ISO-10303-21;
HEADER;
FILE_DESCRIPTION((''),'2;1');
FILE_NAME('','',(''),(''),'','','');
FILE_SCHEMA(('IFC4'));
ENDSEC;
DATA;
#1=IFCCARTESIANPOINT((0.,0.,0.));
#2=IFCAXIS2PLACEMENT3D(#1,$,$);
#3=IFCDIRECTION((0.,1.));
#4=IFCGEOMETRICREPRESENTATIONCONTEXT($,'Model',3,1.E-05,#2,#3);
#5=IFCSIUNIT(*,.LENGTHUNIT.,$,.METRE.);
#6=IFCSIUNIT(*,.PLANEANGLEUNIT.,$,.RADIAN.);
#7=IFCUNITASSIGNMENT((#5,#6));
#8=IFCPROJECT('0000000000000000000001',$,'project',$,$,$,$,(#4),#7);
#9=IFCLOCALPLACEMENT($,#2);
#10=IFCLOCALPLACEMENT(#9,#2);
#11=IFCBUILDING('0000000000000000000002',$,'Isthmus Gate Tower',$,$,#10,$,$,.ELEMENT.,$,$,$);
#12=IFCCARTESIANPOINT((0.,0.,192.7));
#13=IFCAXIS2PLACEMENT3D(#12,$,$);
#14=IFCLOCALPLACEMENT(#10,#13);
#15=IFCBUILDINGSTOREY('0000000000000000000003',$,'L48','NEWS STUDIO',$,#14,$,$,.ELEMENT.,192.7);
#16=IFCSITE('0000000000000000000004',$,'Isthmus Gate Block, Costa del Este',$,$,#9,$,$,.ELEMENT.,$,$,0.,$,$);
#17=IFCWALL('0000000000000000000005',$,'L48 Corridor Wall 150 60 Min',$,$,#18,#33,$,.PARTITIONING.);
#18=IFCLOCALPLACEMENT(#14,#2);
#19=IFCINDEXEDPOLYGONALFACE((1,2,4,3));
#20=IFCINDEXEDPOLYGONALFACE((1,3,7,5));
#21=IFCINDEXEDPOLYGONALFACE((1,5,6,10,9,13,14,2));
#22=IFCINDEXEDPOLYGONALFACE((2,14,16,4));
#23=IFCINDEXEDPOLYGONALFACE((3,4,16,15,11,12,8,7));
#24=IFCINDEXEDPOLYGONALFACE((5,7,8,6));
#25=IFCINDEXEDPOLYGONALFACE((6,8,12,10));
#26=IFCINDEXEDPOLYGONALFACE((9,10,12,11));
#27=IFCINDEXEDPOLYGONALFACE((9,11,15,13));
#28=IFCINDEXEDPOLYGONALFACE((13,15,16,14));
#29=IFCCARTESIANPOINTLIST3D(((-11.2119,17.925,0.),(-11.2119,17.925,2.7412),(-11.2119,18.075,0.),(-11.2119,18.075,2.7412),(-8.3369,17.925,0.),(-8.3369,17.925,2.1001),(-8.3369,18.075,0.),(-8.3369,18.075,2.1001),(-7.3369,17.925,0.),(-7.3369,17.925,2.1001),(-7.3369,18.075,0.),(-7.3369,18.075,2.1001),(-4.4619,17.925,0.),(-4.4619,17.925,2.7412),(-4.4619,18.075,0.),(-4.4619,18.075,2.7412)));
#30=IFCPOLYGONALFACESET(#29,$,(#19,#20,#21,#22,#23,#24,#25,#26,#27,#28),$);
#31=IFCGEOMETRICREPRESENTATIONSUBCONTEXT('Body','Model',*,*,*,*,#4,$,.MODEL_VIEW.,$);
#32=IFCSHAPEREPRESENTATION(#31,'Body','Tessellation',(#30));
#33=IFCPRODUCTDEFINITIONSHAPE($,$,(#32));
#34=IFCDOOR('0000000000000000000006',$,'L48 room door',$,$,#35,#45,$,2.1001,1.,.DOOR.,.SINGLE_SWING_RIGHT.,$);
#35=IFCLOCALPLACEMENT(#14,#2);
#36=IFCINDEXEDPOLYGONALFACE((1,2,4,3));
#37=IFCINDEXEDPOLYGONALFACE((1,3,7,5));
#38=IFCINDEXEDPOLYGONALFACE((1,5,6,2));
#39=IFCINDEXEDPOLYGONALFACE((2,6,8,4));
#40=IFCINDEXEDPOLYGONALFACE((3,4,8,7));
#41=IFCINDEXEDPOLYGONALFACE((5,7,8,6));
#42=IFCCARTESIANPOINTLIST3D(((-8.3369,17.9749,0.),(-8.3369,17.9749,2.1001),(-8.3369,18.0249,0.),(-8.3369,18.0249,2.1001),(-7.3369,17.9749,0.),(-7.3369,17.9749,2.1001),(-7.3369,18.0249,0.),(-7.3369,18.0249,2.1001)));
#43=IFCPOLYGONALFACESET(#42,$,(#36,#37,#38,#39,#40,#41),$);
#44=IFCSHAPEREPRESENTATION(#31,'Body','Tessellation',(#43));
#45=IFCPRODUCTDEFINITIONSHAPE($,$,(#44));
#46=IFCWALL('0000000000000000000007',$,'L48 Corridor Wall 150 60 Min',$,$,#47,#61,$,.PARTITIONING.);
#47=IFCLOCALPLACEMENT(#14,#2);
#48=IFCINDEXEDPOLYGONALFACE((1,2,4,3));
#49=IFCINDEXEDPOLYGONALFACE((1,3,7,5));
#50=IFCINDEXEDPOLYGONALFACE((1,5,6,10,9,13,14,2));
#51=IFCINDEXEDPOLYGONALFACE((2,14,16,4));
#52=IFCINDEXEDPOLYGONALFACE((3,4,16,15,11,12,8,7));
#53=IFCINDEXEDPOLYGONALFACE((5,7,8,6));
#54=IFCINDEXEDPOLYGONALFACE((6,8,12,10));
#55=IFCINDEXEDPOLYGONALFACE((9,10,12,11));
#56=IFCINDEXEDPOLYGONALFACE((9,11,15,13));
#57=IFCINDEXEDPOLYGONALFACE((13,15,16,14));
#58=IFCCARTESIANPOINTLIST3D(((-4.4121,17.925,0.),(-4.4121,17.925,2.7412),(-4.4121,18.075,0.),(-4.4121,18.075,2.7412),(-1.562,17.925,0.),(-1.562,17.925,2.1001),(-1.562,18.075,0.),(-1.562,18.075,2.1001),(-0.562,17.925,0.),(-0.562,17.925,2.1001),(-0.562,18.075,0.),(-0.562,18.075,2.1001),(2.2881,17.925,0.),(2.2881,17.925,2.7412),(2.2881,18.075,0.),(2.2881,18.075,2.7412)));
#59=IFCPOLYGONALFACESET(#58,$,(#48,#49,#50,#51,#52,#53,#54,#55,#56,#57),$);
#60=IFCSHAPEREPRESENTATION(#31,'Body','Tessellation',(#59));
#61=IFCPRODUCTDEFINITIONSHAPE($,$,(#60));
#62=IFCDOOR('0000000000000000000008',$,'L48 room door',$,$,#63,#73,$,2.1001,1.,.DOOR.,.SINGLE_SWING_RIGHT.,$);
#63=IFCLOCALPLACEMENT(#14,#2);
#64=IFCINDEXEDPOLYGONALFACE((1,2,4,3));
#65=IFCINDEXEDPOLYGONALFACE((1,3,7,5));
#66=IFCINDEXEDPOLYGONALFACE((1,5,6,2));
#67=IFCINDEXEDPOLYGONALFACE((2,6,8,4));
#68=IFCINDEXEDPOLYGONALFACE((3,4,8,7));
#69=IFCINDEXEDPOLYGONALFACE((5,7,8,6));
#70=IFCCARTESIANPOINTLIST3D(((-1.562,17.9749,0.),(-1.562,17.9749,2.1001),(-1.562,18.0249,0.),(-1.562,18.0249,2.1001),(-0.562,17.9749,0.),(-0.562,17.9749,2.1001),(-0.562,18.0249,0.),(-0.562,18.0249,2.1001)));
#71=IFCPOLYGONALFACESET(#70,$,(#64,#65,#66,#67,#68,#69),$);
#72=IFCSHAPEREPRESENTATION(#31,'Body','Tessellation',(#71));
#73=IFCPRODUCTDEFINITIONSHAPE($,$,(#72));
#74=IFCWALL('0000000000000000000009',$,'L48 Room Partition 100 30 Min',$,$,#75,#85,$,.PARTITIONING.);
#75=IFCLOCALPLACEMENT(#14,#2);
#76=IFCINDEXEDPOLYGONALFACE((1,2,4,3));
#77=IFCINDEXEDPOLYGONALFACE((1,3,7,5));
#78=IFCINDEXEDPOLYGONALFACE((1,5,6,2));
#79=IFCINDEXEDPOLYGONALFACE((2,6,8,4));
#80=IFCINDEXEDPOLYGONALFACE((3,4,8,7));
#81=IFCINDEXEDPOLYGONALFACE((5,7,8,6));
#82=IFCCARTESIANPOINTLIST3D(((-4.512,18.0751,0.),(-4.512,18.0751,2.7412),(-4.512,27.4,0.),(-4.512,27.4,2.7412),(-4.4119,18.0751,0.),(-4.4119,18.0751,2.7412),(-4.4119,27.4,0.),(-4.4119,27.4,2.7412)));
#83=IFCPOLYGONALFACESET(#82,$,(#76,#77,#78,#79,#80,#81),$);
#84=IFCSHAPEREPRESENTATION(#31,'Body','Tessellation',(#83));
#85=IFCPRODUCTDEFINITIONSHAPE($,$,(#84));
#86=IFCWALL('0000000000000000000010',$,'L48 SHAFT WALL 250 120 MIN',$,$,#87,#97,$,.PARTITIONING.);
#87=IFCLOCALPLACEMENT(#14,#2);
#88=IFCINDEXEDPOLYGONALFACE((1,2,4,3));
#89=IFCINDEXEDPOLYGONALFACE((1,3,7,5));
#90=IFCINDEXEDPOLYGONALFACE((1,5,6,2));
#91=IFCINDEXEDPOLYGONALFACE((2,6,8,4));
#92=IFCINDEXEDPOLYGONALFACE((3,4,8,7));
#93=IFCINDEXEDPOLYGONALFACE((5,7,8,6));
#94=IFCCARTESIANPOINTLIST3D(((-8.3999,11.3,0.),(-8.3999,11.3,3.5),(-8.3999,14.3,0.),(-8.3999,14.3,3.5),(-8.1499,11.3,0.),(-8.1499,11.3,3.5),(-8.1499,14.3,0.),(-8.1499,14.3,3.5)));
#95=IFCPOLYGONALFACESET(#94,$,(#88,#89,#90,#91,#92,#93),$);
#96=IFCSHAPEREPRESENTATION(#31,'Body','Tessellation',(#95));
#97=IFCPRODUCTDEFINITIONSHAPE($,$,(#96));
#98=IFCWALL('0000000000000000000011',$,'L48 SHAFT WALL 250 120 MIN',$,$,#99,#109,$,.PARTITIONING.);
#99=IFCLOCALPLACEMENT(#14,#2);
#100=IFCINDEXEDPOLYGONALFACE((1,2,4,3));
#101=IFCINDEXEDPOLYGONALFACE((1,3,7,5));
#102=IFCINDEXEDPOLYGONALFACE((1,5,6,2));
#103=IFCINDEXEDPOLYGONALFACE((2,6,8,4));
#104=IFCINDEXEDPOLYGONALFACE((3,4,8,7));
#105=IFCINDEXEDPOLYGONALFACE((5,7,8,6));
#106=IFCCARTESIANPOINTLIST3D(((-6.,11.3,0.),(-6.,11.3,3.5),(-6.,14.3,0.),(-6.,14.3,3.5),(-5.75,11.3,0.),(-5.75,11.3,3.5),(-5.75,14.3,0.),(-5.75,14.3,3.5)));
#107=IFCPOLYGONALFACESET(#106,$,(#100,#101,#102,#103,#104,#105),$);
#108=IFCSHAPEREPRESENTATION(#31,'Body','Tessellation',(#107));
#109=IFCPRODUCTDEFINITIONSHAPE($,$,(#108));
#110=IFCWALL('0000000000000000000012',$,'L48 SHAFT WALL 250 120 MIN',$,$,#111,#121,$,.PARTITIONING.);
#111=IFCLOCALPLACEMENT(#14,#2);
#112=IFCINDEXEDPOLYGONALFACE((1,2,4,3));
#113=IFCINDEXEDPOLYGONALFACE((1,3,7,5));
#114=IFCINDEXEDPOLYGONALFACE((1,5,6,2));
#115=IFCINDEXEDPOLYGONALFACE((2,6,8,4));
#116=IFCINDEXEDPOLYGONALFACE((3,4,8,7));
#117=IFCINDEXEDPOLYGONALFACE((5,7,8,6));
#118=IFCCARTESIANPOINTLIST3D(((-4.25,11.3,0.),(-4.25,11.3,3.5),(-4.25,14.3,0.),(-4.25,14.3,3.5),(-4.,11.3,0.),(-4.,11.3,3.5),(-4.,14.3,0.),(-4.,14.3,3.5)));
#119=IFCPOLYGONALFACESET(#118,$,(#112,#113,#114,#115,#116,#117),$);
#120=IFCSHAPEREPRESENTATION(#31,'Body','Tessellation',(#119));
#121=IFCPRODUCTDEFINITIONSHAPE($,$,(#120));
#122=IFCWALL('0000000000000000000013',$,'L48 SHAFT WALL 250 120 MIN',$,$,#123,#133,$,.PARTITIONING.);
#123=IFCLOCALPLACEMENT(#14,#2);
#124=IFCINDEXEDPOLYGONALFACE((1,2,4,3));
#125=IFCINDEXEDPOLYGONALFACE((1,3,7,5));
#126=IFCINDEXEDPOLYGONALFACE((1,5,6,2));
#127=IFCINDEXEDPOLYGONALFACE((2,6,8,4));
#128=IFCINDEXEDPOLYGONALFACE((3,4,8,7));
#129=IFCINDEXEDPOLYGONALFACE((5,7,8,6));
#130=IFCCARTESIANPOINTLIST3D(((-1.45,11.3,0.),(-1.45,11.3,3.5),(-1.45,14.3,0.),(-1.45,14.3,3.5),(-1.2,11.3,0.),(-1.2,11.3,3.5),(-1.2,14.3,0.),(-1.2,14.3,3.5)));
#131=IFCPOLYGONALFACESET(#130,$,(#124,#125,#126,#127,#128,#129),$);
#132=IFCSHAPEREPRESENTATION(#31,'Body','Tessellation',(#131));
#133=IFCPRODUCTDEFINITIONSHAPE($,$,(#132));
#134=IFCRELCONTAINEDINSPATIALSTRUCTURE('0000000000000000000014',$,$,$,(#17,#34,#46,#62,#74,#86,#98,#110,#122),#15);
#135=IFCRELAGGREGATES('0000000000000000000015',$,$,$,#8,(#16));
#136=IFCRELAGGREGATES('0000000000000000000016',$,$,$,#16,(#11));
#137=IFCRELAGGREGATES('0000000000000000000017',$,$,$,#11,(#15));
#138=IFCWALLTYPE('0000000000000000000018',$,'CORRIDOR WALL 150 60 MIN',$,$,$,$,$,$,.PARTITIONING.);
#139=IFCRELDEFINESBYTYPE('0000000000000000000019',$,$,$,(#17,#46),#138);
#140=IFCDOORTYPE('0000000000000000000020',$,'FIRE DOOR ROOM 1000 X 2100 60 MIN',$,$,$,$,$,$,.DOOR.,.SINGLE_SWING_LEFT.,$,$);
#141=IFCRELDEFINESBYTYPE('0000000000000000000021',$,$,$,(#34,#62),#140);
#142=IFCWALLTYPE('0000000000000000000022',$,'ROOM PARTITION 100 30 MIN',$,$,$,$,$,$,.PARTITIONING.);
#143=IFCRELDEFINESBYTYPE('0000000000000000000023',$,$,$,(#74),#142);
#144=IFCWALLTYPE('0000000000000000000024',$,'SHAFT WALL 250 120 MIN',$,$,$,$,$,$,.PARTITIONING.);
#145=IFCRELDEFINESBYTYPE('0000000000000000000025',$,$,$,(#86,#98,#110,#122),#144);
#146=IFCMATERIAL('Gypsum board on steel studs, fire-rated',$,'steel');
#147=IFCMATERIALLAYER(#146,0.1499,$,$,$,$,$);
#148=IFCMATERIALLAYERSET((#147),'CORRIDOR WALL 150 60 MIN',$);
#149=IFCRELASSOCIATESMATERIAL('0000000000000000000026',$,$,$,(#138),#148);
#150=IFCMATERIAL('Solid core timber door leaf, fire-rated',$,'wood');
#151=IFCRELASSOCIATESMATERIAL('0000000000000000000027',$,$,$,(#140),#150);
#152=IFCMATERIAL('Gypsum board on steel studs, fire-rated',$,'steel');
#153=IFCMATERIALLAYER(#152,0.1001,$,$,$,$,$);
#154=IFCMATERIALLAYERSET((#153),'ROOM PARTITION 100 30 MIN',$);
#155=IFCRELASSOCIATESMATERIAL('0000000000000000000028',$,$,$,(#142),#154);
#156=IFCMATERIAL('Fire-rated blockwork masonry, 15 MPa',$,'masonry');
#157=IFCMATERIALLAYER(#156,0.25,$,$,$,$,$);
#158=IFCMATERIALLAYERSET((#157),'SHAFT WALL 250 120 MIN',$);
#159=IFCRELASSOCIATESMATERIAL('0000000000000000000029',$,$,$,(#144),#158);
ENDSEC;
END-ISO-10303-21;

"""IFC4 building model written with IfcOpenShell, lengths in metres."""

from ifc_helpers import new_model, si_unit, direction, frame, frame_2d, origin, place, context, subcontext, project, spatial, rectangle, extrude, material, layer, layer_set, type_object, element, fill, save


model = new_model("IFC4")

# Units and contexts
model_context = context("Model", 3, precision=1e-05, world=origin(), true_north=direction((0.0, 1.0)))
body_context = subcontext(model_context, "Body", "Model", "MODEL_VIEW")
ifc_project = project(units=[si_unit("LENGTHUNIT", "METRE"), si_unit("PLANEANGLEUNIT", "RADIAN")], contexts=[model_context])

# Site, building, storey
site_placement = place(None, origin())
site = spatial("IfcSite", under=ifc_project, at=site_placement, Name="Isthmus Gate Block, Costa del Este", CompositionType="ELEMENT", RefElevation=0.0)
building_placement = place(site_placement, origin())
building = spatial("IfcBuilding", under=site, at=building_placement, Name="Isthmus Gate Tower", CompositionType="ELEMENT")
storey_placement = place(building_placement, frame((0.0, 0.0, 192.7)))
storey = spatial("IfcBuildingStorey", under=building, at=storey_placement, Name="L48", Description="NEWS STUDIO", CompositionType="ELEMENT", Elevation=192.7)

# Walls, openings, doors
ifc_material_1 = material(Name="Gypsum board on steel studs, fire-rated", Category="steel")
ifc_layer_1 = layer(ifc_material_1, 0.1499)
ifc_layer_set_1 = layer_set([ifc_layer_1], Name="CORRIDOR WALL 150 60 MIN")
wall_type_1 = type_object("IfcWallType", Name="CORRIDOR WALL 150 60 MIN", PredefinedType="PARTITIONING", material=ifc_layer_set_1)
wall_1_placement = place(storey_placement, frame((-11.2119, 18.0, 0.0), z_axis=(0.0, 0.0, 1.0), x_axis=(1.0, 0.0, 0.0)))
wall_1 = element("IfcWall", 1, at=wall_1_placement, inside=storey, type_object=wall_type_1, Name="L48 Corridor Wall 150 60 Min", PredefinedType="PARTITIONING", context=body_context, shape_type="SweptSolid", body=[
    extrude(rectangle(XDim=6.75, YDim=0.1499, at=frame_2d((3.375, 0.0))), origin(), (0.0, 0.0, 1.0), 2.7412),
])
opening_1_placement = place(wall_1_placement, frame((2.875, 0.0, 0.0)))
opening_1 = element("IfcOpeningElement", 2, at=opening_1_placement, cuts=wall_1, PredefinedType="OPENING", context=body_context, shape_type="SweptSolid", body=[
    extrude(rectangle(XDim=1.0, YDim=2.1001, at=frame_2d((0.5, 1.05))), frame((0.0, 0.085, 0.0), z_axis=(0.0, -1.0, 0.0), x_axis=(1.0, 0.0, 0.0)), (0.0, 0.0, 1.0), 0.1699),
])
ifc_material_2 = material(Name="Solid core timber door leaf, fire-rated", Category="wood")
door_type = type_object("IfcDoorType", Name="FIRE DOOR ROOM 1000 X 2100 60 MIN", OperationType="SINGLE_SWING_LEFT", PredefinedType="DOOR", material=ifc_material_2)
door_1_placement = place(opening_1_placement, origin())
door_1 = element("IfcDoor", 3, at=door_1_placement, inside=storey, type_object=door_type, Name="L48 room door", OperationType="SINGLE_SWING_RIGHT", OverallHeight=2.1001, OverallWidth=1.0, PredefinedType="DOOR", context=body_context, shape_type="SweptSolid", body=[
    extrude(rectangle(XDim=1.0, YDim=2.1001, at=frame_2d((0.5, 1.05))), frame((0.0, 0.0249, 0.0), z_axis=(0.0, -1.0, 0.0), x_axis=(1.0, 0.0, 0.0)), (0.0, 0.0, 1.0), 0.05),
])
fill(opening_1, door_1)
wall_2_placement = place(storey_placement, frame((-4.4121, 18.0, 0.0), z_axis=(0.0, 0.0, 1.0), x_axis=(1.0, 0.0, 0.0)))
wall_2 = element("IfcWall", 4, at=wall_2_placement, inside=storey, type_object=wall_type_1, Name="L48 Corridor Wall 150 60 Min", PredefinedType="PARTITIONING", context=body_context, shape_type="SweptSolid", body=[
    extrude(rectangle(XDim=6.7002, YDim=0.1499, at=frame_2d((3.3501, 0.0))), origin(), (0.0, 0.0, 1.0), 2.7412),
])
opening_2_placement = place(wall_2_placement, frame((2.8501, 0.0, 0.0)))
opening_2 = element("IfcOpeningElement", 5, at=opening_2_placement, cuts=wall_2, PredefinedType="OPENING", context=body_context, shape_type="SweptSolid", body=[
    extrude(rectangle(XDim=1.0, YDim=2.1001, at=frame_2d((0.5, 1.05))), frame((0.0, 0.085, 0.0), z_axis=(0.0, -1.0, 0.0), x_axis=(1.0, 0.0, 0.0)), (0.0, 0.0, 1.0), 0.1699),
])
door_2_placement = place(opening_2_placement, origin())
door_2 = element("IfcDoor", 6, at=door_2_placement, inside=storey, type_object=door_type, Name="L48 room door", OperationType="SINGLE_SWING_RIGHT", OverallHeight=2.1001, OverallWidth=1.0, PredefinedType="DOOR", context=body_context, shape_type="SweptSolid", body=[
    extrude(rectangle(XDim=1.0, YDim=2.1001, at=frame_2d((0.5, 1.05))), frame((0.0, 0.0249, 0.0), z_axis=(0.0, -1.0, 0.0), x_axis=(1.0, 0.0, 0.0)), (0.0, 0.0, 1.0), 0.05),
])
fill(opening_2, door_2)

# Walls
ifc_material_3 = material(Name="Gypsum board on steel studs, fire-rated", Category="steel")
ifc_layer_2 = layer(ifc_material_3, 0.1001)
ifc_layer_set_2 = layer_set([ifc_layer_2], Name="ROOM PARTITION 100 30 MIN")
wall_type_2 = type_object("IfcWallType", Name="ROOM PARTITION 100 30 MIN", PredefinedType="PARTITIONING", material=ifc_layer_set_2)
wall_3_placement = place(storey_placement, frame((-4.4619, 18.075, 0.0), z_axis=(0.0, 0.0, 1.0), x_axis=(0.0, 1.0, 0.0)))
element("IfcWall", 7, at=wall_3_placement, inside=storey, type_object=wall_type_2, Name="L48 Room Partition 100 30 Min", PredefinedType="PARTITIONING", context=body_context, shape_type="SweptSolid", body=[
    extrude(rectangle(XDim=9.325, YDim=0.1001, at=frame_2d((4.6626, 0.0))), origin(), (0.0, 0.0, 1.0), 2.7412),
])
ifc_material_4 = material(Name="Fire-rated blockwork masonry, 15 MPa", Category="masonry")
ifc_layer_3 = layer(ifc_material_4, 0.25)
ifc_layer_set_3 = layer_set([ifc_layer_3], Name="SHAFT WALL 250 120 MIN")
wall_type_3 = type_object("IfcWallType", Name="SHAFT WALL 250 120 MIN", PredefinedType="PARTITIONING", material=ifc_layer_set_3)
for number, where, z_axis, x_axis, name in (
    (8, (-8.2749, 11.3, 0.0), (0.0, 0.0, 1.0), (0.0, 1.0, 0.0), "L48 SHAFT WALL 250 120 MIN"),
    (9, (-5.875, 11.3, 0.0), (0.0, 0.0, 1.0), (0.0, 1.0, 0.0), "L48 SHAFT WALL 250 120 MIN"),
    (10, (-4.125, 11.3, 0.0), (0.0, 0.0, 1.0), (0.0, 1.0, 0.0), "L48 SHAFT WALL 250 120 MIN"),
    (11, (-1.325, 11.3, 0.0), (0.0, 0.0, 1.0), (0.0, 1.0, 0.0), "L48 SHAFT WALL 250 120 MIN"),
):
    element("IfcWall", number, at=place(storey_placement, frame(where, z_axis=z_axis, x_axis=x_axis)), inside=storey, type_object=wall_type_3, Name=name, PredefinedType="PARTITIONING", context=body_context, shape_type="SweptSolid", body=[
        extrude(rectangle(XDim=3.0, YDim=0.25, at=frame_2d((1.5, 0.0))), origin(), (0.0, 0.0, 1.0), 3.5),
    ])

save(model, "model.ifc")
